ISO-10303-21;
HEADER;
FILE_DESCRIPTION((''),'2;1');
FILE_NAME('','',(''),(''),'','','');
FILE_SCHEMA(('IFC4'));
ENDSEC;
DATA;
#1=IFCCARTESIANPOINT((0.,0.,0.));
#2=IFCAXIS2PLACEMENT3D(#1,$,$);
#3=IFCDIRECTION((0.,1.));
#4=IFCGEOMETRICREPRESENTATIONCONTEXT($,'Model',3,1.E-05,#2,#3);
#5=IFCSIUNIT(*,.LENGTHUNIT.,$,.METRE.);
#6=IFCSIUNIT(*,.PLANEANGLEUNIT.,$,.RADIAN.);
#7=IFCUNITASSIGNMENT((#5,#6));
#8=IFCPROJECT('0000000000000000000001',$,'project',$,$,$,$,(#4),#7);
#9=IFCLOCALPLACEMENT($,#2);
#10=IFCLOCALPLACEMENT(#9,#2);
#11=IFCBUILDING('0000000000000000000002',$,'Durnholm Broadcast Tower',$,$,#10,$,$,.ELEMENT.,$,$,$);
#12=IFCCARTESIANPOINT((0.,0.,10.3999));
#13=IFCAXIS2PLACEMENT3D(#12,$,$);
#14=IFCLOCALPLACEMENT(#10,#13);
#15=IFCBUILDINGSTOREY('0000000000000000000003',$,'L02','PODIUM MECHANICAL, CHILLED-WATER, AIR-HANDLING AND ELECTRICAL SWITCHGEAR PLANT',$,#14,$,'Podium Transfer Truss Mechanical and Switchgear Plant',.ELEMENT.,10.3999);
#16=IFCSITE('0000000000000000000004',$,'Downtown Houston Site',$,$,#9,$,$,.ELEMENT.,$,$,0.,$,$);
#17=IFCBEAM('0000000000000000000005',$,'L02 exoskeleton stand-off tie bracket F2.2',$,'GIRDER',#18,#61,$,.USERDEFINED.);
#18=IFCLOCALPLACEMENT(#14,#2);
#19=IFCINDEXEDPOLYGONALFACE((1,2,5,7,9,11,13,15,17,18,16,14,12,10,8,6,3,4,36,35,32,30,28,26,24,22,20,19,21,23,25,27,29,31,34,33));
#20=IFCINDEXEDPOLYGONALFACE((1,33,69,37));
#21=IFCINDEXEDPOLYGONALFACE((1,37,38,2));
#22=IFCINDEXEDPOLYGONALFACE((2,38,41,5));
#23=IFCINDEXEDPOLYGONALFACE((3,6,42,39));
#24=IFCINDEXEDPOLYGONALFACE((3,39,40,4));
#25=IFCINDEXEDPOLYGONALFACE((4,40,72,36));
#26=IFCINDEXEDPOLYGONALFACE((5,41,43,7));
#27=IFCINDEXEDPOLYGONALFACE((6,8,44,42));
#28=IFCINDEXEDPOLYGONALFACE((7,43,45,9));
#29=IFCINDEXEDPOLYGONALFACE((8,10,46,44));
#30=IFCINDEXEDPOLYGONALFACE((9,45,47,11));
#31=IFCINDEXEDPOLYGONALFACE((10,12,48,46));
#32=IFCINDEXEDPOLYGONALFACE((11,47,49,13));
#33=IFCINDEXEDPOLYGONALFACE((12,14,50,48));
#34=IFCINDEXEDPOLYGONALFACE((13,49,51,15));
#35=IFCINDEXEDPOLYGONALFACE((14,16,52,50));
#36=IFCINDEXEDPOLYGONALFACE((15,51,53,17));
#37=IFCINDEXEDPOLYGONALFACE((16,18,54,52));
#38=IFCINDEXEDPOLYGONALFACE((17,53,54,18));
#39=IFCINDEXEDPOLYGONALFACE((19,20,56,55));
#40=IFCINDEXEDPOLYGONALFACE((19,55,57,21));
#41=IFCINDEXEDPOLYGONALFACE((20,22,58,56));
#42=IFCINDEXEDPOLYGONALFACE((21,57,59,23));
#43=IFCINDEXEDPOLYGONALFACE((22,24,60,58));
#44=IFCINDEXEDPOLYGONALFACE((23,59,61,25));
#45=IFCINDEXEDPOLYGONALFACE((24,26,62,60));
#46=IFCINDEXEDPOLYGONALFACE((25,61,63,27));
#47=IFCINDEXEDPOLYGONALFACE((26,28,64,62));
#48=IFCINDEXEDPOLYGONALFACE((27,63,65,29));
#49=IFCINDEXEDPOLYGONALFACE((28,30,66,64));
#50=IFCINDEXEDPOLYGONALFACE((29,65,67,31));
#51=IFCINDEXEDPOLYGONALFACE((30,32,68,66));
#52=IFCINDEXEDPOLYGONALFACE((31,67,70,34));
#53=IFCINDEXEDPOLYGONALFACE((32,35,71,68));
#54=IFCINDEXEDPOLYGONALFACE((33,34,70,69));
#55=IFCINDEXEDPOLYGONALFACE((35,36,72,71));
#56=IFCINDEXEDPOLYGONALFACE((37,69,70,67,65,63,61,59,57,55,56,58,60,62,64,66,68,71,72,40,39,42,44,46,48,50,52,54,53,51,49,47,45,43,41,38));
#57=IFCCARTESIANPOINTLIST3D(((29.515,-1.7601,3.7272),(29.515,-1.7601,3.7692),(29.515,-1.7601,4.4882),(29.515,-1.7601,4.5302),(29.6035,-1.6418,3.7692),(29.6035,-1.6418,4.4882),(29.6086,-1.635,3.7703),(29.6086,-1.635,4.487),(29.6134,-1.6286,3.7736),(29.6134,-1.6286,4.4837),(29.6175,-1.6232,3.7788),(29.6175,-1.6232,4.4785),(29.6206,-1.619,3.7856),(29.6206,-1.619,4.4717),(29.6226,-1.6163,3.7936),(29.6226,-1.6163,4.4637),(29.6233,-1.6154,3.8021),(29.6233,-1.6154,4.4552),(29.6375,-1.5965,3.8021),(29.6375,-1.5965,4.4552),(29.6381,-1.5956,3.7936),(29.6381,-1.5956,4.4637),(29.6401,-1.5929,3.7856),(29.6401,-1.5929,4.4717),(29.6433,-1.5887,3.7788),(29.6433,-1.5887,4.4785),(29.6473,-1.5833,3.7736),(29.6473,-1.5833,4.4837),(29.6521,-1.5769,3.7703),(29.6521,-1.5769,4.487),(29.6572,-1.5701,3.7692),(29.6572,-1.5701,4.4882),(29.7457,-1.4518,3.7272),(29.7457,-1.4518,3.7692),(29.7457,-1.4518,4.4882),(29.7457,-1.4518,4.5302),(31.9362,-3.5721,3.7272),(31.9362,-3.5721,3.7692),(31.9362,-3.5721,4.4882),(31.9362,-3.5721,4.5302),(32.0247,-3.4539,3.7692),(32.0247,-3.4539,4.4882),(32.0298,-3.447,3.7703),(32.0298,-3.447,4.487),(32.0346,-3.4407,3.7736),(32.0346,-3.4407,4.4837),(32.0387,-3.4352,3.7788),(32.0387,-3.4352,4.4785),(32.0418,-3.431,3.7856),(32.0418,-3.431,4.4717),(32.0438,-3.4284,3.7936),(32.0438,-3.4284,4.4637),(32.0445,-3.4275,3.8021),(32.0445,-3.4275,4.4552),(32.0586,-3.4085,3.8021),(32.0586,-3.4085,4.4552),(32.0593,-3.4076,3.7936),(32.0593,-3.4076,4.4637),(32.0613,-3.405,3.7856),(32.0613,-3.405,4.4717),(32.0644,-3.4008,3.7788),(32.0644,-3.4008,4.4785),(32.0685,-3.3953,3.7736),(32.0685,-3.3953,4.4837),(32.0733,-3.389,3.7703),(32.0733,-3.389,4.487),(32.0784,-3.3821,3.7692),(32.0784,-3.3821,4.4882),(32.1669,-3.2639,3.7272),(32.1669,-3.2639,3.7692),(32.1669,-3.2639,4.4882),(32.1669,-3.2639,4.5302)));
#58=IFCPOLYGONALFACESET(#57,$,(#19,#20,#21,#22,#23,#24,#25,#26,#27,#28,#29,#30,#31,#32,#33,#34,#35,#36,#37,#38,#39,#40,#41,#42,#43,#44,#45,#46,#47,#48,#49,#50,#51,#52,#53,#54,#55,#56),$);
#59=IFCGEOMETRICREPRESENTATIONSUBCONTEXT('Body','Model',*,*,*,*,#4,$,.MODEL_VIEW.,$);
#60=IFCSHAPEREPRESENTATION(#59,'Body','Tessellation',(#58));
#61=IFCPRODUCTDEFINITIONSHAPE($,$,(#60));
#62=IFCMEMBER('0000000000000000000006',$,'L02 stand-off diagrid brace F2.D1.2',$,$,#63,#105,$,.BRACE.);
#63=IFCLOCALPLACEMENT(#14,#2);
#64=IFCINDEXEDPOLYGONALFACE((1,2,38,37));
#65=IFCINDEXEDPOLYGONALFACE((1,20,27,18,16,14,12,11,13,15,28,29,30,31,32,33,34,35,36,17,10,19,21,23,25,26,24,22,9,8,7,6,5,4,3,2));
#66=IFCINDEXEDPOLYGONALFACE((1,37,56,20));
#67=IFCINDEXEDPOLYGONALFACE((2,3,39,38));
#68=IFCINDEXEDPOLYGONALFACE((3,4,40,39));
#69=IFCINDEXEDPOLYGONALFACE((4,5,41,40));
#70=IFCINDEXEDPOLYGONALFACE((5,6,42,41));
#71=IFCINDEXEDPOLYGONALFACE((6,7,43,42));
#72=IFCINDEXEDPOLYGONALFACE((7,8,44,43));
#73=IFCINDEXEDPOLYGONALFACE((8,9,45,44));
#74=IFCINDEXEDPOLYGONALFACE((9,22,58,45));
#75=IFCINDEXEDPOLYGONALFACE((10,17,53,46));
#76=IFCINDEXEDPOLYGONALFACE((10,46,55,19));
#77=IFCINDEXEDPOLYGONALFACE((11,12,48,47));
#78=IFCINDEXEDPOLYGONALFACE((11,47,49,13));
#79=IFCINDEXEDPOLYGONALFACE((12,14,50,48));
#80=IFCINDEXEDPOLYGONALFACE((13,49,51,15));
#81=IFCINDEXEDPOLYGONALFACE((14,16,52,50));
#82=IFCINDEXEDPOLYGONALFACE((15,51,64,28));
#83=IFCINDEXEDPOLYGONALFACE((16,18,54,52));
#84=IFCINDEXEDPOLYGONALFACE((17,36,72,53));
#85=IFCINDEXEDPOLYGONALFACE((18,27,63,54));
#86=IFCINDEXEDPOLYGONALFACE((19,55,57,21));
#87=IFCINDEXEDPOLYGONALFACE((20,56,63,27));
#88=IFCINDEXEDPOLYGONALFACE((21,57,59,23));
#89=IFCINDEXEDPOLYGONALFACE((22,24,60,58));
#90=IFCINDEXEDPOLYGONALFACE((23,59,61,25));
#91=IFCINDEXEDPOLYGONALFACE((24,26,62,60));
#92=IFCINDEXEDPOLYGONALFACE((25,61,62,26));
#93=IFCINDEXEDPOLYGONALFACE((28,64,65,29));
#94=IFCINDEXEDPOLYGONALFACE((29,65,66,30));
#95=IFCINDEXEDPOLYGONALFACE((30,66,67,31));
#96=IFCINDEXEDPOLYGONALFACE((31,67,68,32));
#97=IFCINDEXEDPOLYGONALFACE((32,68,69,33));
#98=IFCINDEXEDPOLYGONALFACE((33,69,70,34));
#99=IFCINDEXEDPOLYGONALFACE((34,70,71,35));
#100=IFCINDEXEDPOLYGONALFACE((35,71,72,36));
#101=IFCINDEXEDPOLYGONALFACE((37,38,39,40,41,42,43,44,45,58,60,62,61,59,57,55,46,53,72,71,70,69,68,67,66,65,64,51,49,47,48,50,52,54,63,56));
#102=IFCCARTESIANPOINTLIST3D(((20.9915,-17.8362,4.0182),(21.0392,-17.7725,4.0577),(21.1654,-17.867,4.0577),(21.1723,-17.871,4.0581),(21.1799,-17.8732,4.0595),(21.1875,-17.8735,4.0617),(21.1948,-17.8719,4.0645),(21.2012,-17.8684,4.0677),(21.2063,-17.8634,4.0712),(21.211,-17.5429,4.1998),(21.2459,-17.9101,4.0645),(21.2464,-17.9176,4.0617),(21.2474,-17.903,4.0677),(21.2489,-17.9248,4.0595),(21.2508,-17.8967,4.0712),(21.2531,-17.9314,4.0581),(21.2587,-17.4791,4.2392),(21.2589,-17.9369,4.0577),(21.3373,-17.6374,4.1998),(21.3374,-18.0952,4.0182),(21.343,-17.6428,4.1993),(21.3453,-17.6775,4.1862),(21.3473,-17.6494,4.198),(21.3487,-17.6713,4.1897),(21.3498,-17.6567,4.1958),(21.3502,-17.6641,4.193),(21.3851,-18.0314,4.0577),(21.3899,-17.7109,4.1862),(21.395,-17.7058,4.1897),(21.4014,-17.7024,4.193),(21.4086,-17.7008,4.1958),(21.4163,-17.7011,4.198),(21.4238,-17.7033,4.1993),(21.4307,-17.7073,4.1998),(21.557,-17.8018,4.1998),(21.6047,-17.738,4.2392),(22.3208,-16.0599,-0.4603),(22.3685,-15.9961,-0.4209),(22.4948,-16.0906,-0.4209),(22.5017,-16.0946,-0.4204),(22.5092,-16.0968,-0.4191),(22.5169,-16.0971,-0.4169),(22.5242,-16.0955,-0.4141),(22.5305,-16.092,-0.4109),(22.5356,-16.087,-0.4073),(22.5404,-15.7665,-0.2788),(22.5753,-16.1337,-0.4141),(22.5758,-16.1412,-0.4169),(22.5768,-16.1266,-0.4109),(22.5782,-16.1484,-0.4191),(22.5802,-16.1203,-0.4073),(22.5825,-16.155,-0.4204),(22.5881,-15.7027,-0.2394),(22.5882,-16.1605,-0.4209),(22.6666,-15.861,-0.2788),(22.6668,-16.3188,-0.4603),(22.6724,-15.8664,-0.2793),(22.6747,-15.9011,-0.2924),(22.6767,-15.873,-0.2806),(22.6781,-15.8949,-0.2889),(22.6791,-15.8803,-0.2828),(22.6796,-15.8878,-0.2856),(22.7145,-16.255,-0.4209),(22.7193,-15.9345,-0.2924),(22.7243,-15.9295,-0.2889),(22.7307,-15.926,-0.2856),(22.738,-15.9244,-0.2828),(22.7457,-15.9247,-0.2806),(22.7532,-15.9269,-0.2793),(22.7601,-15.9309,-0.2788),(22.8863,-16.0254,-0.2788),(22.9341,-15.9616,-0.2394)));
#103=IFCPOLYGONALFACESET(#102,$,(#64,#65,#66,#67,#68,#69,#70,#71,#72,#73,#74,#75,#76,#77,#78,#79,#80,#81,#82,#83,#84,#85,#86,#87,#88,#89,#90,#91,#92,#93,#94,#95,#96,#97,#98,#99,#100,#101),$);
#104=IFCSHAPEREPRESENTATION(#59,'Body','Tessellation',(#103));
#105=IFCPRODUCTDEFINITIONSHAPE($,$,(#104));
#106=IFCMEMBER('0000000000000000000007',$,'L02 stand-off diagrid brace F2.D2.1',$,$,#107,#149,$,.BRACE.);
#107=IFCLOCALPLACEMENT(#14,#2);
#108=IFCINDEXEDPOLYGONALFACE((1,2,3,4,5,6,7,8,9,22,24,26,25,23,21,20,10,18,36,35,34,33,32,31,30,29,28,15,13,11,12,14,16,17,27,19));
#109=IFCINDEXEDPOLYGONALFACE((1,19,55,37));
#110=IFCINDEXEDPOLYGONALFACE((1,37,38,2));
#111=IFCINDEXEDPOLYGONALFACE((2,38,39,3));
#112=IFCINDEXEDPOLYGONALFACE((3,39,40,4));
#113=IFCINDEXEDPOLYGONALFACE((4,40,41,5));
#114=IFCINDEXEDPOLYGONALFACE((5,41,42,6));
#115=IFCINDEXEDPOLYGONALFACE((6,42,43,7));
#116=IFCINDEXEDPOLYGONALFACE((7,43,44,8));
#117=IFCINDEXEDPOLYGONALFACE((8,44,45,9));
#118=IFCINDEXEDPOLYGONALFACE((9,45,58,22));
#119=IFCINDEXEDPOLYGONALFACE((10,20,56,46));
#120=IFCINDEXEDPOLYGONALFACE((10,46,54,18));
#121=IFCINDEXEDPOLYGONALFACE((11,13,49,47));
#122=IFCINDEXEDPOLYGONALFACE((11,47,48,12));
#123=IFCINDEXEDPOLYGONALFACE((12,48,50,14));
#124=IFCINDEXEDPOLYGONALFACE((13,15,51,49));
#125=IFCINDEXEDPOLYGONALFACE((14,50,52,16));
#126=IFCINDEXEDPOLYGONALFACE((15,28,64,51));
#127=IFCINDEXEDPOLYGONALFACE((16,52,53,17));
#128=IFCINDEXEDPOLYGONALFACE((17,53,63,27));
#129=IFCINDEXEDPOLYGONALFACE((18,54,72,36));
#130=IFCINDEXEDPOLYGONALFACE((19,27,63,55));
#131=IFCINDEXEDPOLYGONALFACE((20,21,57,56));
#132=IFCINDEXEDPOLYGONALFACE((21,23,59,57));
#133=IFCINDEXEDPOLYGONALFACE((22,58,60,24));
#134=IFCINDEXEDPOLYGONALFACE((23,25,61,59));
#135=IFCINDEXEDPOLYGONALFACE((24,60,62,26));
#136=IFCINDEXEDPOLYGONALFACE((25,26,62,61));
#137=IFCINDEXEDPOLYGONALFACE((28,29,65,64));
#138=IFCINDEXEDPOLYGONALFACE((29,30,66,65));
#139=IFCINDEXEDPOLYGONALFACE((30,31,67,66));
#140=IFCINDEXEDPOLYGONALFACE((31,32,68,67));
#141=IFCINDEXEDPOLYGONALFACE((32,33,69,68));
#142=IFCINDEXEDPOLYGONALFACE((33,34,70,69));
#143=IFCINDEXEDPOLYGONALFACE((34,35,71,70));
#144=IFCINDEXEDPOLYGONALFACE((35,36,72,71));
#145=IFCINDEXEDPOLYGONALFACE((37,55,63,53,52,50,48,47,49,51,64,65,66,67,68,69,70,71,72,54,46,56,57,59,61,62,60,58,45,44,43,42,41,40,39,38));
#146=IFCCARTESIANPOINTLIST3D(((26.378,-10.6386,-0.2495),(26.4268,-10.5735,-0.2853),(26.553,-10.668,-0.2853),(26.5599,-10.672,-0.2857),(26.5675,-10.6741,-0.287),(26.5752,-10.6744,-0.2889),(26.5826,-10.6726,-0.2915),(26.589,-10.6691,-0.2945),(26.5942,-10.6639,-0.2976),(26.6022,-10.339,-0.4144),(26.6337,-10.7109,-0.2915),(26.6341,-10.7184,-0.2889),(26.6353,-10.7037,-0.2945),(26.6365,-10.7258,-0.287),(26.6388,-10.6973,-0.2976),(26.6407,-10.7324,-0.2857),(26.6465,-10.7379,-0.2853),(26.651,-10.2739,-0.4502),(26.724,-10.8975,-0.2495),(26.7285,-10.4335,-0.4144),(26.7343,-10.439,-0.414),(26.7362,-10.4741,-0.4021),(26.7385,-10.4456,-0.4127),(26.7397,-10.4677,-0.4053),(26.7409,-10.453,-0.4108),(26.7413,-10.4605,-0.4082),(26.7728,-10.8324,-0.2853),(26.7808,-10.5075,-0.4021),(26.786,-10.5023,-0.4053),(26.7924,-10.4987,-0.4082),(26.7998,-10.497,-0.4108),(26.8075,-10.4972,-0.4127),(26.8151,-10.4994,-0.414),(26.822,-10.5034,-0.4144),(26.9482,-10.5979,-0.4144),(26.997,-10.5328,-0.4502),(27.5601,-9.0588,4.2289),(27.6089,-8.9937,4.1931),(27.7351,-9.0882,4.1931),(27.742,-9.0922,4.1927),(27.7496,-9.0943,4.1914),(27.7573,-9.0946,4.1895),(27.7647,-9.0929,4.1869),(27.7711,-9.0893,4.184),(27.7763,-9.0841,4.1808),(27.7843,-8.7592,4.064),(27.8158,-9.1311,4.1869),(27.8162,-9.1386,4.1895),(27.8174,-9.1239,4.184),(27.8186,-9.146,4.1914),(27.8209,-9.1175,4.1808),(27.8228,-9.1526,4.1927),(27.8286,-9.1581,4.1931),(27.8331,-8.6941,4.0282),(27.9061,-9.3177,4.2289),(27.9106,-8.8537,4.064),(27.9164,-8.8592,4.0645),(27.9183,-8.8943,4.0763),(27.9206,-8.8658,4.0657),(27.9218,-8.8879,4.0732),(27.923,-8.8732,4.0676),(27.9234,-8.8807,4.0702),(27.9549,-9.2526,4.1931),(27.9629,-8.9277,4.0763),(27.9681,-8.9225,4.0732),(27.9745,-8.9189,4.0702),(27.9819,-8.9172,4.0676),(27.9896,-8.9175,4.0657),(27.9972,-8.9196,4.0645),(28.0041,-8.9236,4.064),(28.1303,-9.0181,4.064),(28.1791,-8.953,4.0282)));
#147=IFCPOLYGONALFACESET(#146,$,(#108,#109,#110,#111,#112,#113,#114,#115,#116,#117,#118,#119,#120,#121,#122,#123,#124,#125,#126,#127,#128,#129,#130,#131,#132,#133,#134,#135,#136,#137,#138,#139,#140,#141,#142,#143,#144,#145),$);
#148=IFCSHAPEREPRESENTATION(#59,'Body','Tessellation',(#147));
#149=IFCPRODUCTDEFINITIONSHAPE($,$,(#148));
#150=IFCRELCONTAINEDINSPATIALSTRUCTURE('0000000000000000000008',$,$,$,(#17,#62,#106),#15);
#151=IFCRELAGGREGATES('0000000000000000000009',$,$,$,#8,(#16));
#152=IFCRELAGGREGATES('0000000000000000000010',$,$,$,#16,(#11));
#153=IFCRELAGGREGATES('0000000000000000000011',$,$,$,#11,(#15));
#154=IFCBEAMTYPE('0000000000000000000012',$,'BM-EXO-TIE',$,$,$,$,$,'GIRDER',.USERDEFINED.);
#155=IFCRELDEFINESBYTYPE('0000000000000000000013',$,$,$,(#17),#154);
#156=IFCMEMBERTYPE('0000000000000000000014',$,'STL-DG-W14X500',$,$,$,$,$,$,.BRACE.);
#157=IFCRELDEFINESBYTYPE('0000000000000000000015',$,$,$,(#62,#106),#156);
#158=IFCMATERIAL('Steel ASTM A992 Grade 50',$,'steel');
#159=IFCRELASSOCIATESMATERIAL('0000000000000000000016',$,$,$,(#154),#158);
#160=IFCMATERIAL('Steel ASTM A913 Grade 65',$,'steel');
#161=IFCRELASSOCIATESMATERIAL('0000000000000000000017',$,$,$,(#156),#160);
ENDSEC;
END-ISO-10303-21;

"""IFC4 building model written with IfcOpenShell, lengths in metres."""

from ifc_helpers import new_model, si_unit, direction, frame, origin, origin_2d, place, context, subcontext, project, spatial, i_section, extrude, source, transform, mapped, material, material_profile, profile_set, type_object, type_shapes, element, save


model = new_model("IFC4")

# Units and contexts
model_context = context("Model", 3, precision=1e-05, world=origin(), true_north=direction((0.0, 1.0)))
body_context = subcontext(model_context, "Body", "Model", "MODEL_VIEW")
ifc_project = project(units=[si_unit("LENGTHUNIT", "METRE"), si_unit("PLANEANGLEUNIT", "RADIAN")], contexts=[model_context])

# Site, building, storey
site_placement = place(None, origin())
site = spatial("IfcSite", under=ifc_project, at=site_placement, Name="Downtown Houston Site", CompositionType="ELEMENT", RefElevation=0.0)
building_placement = place(site_placement, origin())
building = spatial("IfcBuilding", under=site, at=building_placement, Name="Durnholm Broadcast Tower", CompositionType="ELEMENT")
storey_placement = place(building_placement, frame((0.0, 0.0, 10.3999)))
storey = spatial("IfcBuildingStorey", under=building, at=storey_placement, Name="L02", Description="PODIUM MECHANICAL, CHILLED-WATER, AIR-HANDLING AND ELECTRICAL SWITCHGEAR PLANT", LongName="Podium Transfer Truss Mechanical and Switchgear Plant", CompositionType="ELEMENT", Elevation=10.3999)

# Shared definitions
ifc_material_1 = material(Name="Steel ASTM A913 Grade 65", Category="steel")

# Shared definitions
ifc_material_2 = material(Name="Steel ASTM A992 Grade 50", Category="steel")

# Beam
ifc_material_profile_1 = material_profile(ifc_material_2, i_section(OverallWidth=0.385, OverallDepth=0.803, WebThickness=0.0237, FlangeThickness=0.042, FilletRadius=0.033, at=origin_2d()), Name="W30X261")
ifc_profile_set_1 = profile_set([ifc_material_profile_1], Name="Steel ASTM A992 Grade 50")
beam_type_1 = type_object("IfcBeamType", Name="BM-EXO-TIE", ElementType="GIRDER", PredefinedType="USERDEFINED", material=ifc_profile_set_1)
shared_shape_1 = source(origin(), body_context, "Body", "SweptSolid", [
    extrude(i_section(OverallWidth=0.385, OverallDepth=0.803, WebThickness=0.0237, FlangeThickness=0.042, FilletRadius=0.033, at=origin_2d()), origin(), (0.0, 0.0, 1.0), 3.0242),
])
type_shapes(beam_type_1, [shared_shape_1])
beam_1_placement = place(storey_placement, frame((29.6304, -1.606, 4.1287), z_axis=(0.80061, -0.599186, 0.0), x_axis=(0.599186, 0.80061, 0.0)))
element("IfcBeam", 1, at=beam_1_placement, inside=storey, type_object=beam_type_1, Name="L02 exoskeleton stand-off tie bracket F2.2", ObjectType="GIRDER", PredefinedType="USERDEFINED", context=body_context, shape_type="MappedRepresentation", body=[
    mapped(shared_shape_1, transform((0.0, 0.0, 0.0), x_axis=(1.0, 0.0, 0.0), y_axis=(0.0, 1.0, 0.0), z_axis=(0.0, 0.0, 1.0), scale=1.0)),
])

# Members
ifc_material_profile_2 = material_profile(ifc_material_1, i_section(OverallWidth=0.4321, OverallDepth=0.4978, WebThickness=0.0557, FlangeThickness=0.0889, FilletRadius=0.0305, at=origin_2d()), Name="W14X500")
ifc_profile_set_2 = profile_set([ifc_material_profile_2], Name="Steel ASTM A913 Grade 65")
member_type_1 = type_object("IfcMemberType", Name="STL-DG-W14X500", PredefinedType="BRACE", material=ifc_profile_set_2)
shared_shape_2 = source(origin(), body_context, "Body", "SweptSolid", [
    extrude(i_section(OverallWidth=0.4321, OverallDepth=0.4978, WebThickness=0.0557, FlangeThickness=0.0889, FilletRadius=0.0305, at=origin_2d()), origin(), (0.0, 0.0, 1.0), 4.998),
])
member_1_placement = place(storey_placement, frame((22.6274, -16.0107, -0.3499), z_axis=(-0.265977, -0.355417, 0.896066), x_axis=(0.800633, -0.599155, 0.0)))
element("IfcMember", 2, at=member_1_placement, inside=storey, type_object=member_type_1, Name="L02 stand-off diagrid brace F2.D1.2", PredefinedType="BRACE", context=body_context, shape_type="MappedRepresentation", body=[
    mapped(shared_shape_2, transform((0.0, 0.0, 0.0), x_axis=(1.0, 0.0, 0.0), y_axis=(0.0, 1.0, 0.0), z_axis=(0.0, 0.0, 1.0), scale=1.0)),
])
shared_shape_3 = source(origin(), body_context, "Body", "SweptSolid", [
    extrude(i_section(OverallWidth=0.4321, OverallDepth=0.4978, WebThickness=0.0557, FlangeThickness=0.0889, FilletRadius=0.0305, at=origin_2d()), origin(), (0.0, 0.0, 1.0), 4.8938),
])
member_2_placement = place(storey_placement, frame((26.6875, -10.5857, -0.3499), z_axis=(0.241551, 0.322816, 0.915119), x_axis=(-0.800668, 0.599109, 0.0)))
element("IfcMember", 3, at=member_2_placement, inside=storey, type_object=member_type_1, Name="L02 stand-off diagrid brace F2.D2.1", PredefinedType="BRACE", context=body_context, shape_type="MappedRepresentation", body=[
    mapped(shared_shape_3, transform((0.0, 0.0, 0.0), x_axis=(1.0, 0.0, 0.0), y_axis=(0.0, 1.0, 0.0), z_axis=(0.0, 0.0, 1.0), scale=1.0)),
])

save(model, "model.ifc")
